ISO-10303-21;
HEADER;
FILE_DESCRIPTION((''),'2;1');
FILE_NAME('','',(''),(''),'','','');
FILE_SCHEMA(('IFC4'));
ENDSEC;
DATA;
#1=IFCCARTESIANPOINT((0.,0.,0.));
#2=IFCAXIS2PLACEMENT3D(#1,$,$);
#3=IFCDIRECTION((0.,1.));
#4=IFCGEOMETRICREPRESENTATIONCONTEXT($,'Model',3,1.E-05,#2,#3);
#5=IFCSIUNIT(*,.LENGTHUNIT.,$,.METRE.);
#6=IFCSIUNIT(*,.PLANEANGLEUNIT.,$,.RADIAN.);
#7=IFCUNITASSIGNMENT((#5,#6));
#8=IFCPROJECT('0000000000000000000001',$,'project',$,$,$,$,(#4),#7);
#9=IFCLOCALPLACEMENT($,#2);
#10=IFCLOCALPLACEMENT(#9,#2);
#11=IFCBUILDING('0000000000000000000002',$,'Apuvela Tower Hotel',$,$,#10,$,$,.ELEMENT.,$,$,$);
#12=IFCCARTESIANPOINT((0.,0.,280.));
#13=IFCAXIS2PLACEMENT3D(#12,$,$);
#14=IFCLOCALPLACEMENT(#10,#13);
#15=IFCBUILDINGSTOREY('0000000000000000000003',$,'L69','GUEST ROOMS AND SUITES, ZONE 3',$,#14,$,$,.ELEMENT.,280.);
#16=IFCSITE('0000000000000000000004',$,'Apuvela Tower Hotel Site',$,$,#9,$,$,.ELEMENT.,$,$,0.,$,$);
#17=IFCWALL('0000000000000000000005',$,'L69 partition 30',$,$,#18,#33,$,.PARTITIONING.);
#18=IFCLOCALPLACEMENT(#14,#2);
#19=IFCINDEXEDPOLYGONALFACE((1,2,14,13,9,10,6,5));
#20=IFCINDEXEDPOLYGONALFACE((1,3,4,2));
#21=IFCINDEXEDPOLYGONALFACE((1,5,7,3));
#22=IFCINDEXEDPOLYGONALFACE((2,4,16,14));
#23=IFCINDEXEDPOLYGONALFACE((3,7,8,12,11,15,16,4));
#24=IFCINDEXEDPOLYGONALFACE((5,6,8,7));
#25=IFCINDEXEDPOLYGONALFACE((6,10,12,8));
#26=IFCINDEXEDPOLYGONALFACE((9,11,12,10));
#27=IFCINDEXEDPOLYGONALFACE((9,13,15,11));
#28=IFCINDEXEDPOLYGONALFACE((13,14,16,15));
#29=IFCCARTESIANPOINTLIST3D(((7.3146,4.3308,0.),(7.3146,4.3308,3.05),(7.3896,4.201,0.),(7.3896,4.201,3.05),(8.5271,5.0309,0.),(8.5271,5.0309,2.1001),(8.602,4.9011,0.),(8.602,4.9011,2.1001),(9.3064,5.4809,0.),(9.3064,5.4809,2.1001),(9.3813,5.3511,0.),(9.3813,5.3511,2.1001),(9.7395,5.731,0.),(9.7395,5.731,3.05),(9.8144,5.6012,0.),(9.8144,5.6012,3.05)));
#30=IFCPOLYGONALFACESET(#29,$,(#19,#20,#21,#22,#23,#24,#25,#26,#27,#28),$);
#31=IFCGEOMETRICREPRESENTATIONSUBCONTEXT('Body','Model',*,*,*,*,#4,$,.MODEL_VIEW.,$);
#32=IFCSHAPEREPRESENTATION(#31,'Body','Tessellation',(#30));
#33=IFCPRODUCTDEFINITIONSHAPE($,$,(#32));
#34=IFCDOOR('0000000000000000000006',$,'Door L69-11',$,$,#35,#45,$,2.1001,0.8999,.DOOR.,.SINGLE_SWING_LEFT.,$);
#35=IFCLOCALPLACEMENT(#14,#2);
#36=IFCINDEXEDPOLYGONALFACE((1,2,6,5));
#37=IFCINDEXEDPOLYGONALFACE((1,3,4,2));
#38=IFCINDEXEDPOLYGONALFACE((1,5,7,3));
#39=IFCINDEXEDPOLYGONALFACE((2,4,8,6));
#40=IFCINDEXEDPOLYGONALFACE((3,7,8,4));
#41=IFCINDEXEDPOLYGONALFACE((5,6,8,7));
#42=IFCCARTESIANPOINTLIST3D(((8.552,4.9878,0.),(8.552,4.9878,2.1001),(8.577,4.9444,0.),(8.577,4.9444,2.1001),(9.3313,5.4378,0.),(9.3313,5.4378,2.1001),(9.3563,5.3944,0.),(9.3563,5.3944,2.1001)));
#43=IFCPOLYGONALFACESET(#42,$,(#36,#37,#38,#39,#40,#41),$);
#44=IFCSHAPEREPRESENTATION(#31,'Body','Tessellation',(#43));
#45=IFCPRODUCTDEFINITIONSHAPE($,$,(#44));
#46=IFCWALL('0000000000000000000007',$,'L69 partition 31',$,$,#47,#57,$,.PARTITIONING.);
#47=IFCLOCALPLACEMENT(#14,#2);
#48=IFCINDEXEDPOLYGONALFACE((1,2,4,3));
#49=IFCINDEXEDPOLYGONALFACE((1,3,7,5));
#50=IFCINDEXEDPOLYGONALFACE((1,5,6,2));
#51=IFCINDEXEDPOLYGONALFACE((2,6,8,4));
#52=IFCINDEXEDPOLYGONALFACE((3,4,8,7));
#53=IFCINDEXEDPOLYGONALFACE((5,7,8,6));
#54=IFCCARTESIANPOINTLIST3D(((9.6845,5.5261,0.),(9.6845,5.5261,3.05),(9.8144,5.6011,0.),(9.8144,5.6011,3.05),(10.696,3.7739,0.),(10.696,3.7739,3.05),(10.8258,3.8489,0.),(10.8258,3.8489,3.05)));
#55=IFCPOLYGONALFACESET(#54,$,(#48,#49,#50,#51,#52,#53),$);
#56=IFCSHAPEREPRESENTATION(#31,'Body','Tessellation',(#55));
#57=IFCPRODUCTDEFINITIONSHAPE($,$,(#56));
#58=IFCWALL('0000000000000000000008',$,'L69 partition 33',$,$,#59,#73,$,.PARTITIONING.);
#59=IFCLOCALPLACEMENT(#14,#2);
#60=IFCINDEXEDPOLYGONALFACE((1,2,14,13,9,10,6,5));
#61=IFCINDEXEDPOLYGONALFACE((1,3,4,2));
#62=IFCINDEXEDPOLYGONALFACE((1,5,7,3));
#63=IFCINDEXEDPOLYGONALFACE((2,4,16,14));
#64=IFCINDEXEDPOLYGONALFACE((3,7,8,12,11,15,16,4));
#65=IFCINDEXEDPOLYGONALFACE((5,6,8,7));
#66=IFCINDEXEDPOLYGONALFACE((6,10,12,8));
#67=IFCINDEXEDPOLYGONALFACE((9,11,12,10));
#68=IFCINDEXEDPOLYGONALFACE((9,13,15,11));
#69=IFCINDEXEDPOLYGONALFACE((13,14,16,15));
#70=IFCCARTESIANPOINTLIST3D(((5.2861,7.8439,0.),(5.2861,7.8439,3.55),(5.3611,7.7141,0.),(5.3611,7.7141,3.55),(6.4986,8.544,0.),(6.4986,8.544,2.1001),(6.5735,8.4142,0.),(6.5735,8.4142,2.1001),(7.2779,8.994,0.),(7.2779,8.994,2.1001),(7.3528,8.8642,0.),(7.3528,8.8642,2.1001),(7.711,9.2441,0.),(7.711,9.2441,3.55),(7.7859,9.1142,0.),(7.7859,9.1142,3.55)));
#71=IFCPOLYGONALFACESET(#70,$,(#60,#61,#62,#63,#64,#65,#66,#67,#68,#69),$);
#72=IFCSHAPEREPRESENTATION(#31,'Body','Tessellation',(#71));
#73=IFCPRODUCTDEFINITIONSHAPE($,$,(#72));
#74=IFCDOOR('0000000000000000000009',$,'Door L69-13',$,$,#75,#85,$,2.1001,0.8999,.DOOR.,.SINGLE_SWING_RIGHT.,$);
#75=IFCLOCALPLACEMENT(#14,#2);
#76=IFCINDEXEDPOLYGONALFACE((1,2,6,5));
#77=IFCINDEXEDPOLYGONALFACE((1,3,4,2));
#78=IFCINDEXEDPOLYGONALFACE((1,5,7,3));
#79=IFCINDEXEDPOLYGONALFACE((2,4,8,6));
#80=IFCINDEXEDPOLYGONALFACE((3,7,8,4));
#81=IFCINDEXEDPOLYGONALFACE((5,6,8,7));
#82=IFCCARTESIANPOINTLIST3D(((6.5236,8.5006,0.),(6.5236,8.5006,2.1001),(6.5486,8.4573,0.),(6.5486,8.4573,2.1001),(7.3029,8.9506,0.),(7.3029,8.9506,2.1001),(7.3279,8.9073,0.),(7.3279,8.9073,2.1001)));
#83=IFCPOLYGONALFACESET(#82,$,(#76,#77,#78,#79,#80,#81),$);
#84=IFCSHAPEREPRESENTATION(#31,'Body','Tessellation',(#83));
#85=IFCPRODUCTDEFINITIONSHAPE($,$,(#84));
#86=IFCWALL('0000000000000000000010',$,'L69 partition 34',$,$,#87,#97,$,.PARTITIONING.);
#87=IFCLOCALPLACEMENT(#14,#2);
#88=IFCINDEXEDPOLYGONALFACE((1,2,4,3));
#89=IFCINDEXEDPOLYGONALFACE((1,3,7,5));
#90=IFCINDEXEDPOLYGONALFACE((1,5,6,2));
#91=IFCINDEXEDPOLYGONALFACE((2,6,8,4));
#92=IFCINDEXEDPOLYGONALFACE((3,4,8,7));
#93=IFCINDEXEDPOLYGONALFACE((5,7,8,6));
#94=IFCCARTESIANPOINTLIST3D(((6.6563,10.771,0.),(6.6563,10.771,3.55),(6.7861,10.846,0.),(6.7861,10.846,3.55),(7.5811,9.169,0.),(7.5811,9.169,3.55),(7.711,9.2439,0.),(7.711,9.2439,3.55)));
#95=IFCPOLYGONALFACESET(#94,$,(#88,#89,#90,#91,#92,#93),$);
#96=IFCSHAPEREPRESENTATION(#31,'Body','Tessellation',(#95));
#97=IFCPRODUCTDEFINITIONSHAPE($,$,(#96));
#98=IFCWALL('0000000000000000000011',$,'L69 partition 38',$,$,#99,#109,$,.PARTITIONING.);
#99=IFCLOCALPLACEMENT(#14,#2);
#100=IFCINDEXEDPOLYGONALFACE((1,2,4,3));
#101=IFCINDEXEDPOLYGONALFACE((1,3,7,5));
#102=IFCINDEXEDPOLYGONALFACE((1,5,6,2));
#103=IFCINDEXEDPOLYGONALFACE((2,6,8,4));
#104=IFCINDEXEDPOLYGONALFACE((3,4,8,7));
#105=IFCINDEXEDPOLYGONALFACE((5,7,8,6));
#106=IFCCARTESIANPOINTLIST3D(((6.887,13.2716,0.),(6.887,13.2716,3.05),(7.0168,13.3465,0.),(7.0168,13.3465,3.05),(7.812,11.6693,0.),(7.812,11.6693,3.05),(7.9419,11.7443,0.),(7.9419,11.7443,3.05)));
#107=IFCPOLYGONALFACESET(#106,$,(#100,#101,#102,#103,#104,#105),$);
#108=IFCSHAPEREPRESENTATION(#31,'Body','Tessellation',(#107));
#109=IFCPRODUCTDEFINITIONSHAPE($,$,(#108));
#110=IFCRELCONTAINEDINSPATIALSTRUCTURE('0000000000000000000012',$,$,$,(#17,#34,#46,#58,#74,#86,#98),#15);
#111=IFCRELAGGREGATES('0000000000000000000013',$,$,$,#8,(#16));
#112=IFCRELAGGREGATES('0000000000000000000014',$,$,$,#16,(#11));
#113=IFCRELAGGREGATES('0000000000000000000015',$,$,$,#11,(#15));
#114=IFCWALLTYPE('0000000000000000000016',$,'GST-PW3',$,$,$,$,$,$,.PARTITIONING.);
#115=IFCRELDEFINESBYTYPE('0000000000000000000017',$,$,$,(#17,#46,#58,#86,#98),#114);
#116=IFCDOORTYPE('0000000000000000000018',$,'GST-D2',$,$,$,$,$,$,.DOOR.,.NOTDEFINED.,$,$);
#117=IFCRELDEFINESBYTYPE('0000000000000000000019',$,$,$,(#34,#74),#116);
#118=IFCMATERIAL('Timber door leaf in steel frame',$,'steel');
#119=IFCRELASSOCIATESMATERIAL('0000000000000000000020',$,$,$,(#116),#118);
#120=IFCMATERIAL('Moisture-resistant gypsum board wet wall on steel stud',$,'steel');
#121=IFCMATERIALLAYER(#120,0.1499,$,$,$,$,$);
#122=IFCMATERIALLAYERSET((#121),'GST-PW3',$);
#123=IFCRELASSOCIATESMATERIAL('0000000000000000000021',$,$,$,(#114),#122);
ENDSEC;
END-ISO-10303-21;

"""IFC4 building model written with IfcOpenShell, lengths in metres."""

from ifc_helpers import new_model, si_unit, direction, frame, frame_2d, origin, place, context, subcontext, project, spatial, rectangle, extrude, material, layer, layer_set, type_object, element, fill, save


model = new_model("IFC4")

# Units and contexts
model_context = context("Model", 3, precision=1e-05, world=origin(), true_north=direction((0.0, 1.0)))
body_context = subcontext(model_context, "Body", "Model", "MODEL_VIEW")
ifc_project = project(units=[si_unit("LENGTHUNIT", "METRE"), si_unit("PLANEANGLEUNIT", "RADIAN")], contexts=[model_context])

# Site, building, storey
site_placement = place(None, origin())
site = spatial("IfcSite", under=ifc_project, at=site_placement, Name="Apuvela Tower Hotel Site", CompositionType="ELEMENT", RefElevation=0.0)
building_placement = place(site_placement, origin())
building = spatial("IfcBuilding", under=site, at=building_placement, Name="Apuvela Tower Hotel", CompositionType="ELEMENT")
storey_placement = place(building_placement, frame((0.0, 0.0, 280.0)))
storey = spatial("IfcBuildingStorey", under=building, at=storey_placement, Name="L69", Description="GUEST ROOMS AND SUITES, ZONE 3", CompositionType="ELEMENT", Elevation=280.0)

# Wall, opening, door
ifc_material_1 = material(Name="Timber door leaf in steel frame", Category="steel")
door_type_1 = type_object("IfcDoorType", Name="GST-D2", OperationType="NOTDEFINED", PredefinedType="DOOR", material=ifc_material_1)
ifc_material_2 = material(Name="Moisture-resistant gypsum board wet wall on steel stud", Category="steel")
ifc_layer_1 = layer(ifc_material_2, 0.1499)
ifc_layer_set_1 = layer_set([ifc_layer_1], Name="GST-PW3")
wall_type_1 = type_object("IfcWallType", Name="GST-PW3", PredefinedType="PARTITIONING", material=ifc_layer_set_1)
wall_1_placement = place(storey_placement, frame((9.7769, 5.666, 0.0), z_axis=(0.0, 0.0, 1.0), x_axis=(-0.865997, -0.50005, 0.0)))
wall_1 = element("IfcWall", 1, at=wall_1_placement, inside=storey, type_object=wall_type_1, Name="L69 partition 30", PredefinedType="PARTITIONING", context=body_context, shape_type="SweptSolid", body=[
    extrude(rectangle(XDim=2.8, YDim=0.1499, at=frame_2d((1.3999, 0.0))), origin(), (0.0, 0.0, 1.0), 3.05),
])
opening_1_placement = place(wall_1_placement, frame((0.5, 0.0, 0.0)))
opening_1 = element("IfcOpeningElement", 2, at=opening_1_placement, cuts=wall_1, PredefinedType="OPENING", context=body_context, shape_type="SweptSolid", body=[
    extrude(rectangle(XDim=0.8999, YDim=2.1001, at=frame_2d((0.45, 1.05))), frame((0.0, 0.085, 0.0), z_axis=(0.0, -1.0, 0.0), x_axis=(1.0, 0.0, 0.0)), (0.0, 0.0, 1.0), 0.1699),
])
door_1_placement = place(opening_1_placement, origin())
door_1 = element("IfcDoor", 3, at=door_1_placement, inside=storey, type_object=door_type_1, Name="Door L69-11", OperationType="SINGLE_SWING_LEFT", OverallHeight=2.1001, OverallWidth=0.8999, PredefinedType="DOOR", context=body_context, shape_type="SweptSolid", body=[
    extrude(rectangle(XDim=0.8999, YDim=2.1001, at=frame_2d((0.45, 1.05))), frame((0.0, 0.0249, 0.0), z_axis=(0.0, -1.0, 0.0), x_axis=(1.0, 0.0, 0.0)), (0.0, 0.0, 1.0), 0.05),
])
fill(opening_1, door_1)

# Wall
wall_2_placement = place(storey_placement, frame((10.761, 3.8113, 0.0), z_axis=(0.0, 0.0, 1.0), x_axis=(-0.499942, 0.866059, 0.0)))
element("IfcWall", 4, at=wall_2_placement, inside=storey, type_object=wall_type_1, Name="L69 partition 31", PredefinedType="PARTITIONING", context=body_context, shape_type="SweptSolid", body=[
    extrude(rectangle(XDim=2.0232, YDim=0.1499, at=frame_2d((1.0117, 0.0))), origin(), (0.0, 0.0, 1.0), 3.05),
])

# Wall, opening, door
wall_3_placement = place(storey_placement, frame((5.3237, 7.7791, 0.0), z_axis=(0.0, 0.0, 1.0), x_axis=(0.865997, 0.50005, 0.0)))
wall_3 = element("IfcWall", 5, at=wall_3_placement, inside=storey, type_object=wall_type_1, Name="L69 partition 33", PredefinedType="PARTITIONING", context=body_context, shape_type="SweptSolid", body=[
    extrude(rectangle(XDim=2.8, YDim=0.1499, at=frame_2d((1.3999, 0.0))), origin(), (0.0, 0.0, 1.0), 3.55),
])
opening_2_placement = place(wall_3_placement, frame((1.3999, 0.0, 0.0)))
opening_2 = element("IfcOpeningElement", 6, at=opening_2_placement, cuts=wall_3, PredefinedType="OPENING", context=body_context, shape_type="SweptSolid", body=[
    extrude(rectangle(XDim=0.8999, YDim=2.1001, at=frame_2d((0.45, 1.05))), frame((0.0, 0.085, 0.0), z_axis=(0.0, -1.0, 0.0), x_axis=(1.0, 0.0, 0.0)), (0.0, 0.0, 1.0), 0.1699),
])
door_2_placement = place(opening_2_placement, origin())
door_2 = element("IfcDoor", 7, at=door_2_placement, inside=storey, type_object=door_type_1, Name="Door L69-13", OperationType="SINGLE_SWING_RIGHT", OverallHeight=2.1001, OverallWidth=0.8999, PredefinedType="DOOR", context=body_context, shape_type="SweptSolid", body=[
    extrude(rectangle(XDim=0.8999, YDim=2.1001, at=frame_2d((0.45, 1.05))), frame((0.0, 0.0249, 0.0), z_axis=(0.0, -1.0, 0.0), x_axis=(1.0, 0.0, 0.0)), (0.0, 0.0, 1.0), 0.05),
])
fill(opening_2, door_2)

# Walls
wall_4_placement = place(storey_placement, frame((7.646, 9.2065, 0.0), z_axis=(0.0, 0.0, 1.0), x_axis=(-0.499943, 0.866058, 0.0)))
element("IfcWall", 8, at=wall_4_placement, inside=storey, type_object=wall_type_1, Name="L69 partition 34", PredefinedType="PARTITIONING", context=body_context, shape_type="SweptSolid", body=[
    extrude(rectangle(XDim=1.8499, YDim=0.1499, at=frame_2d((0.9248, 0.0))), origin(), (0.0, 0.0, 1.0), 3.55),
])
wall_5_placement = place(storey_placement, frame((7.877, 11.7068, 0.0), z_axis=(0.0, 0.0, 1.0), x_axis=(-0.499985, 0.866034, 0.0)))
element("IfcWall", 9, at=wall_5_placement, inside=storey, type_object=wall_type_1, Name="L69 partition 38", PredefinedType="PARTITIONING", context=body_context, shape_type="SweptSolid", body=[
    extrude(rectangle(XDim=1.8501, YDim=0.1499, at=frame_2d((0.925, 0.0))), origin(), (0.0, 0.0, 1.0), 3.05),
])

save(model, "model.ifc")
